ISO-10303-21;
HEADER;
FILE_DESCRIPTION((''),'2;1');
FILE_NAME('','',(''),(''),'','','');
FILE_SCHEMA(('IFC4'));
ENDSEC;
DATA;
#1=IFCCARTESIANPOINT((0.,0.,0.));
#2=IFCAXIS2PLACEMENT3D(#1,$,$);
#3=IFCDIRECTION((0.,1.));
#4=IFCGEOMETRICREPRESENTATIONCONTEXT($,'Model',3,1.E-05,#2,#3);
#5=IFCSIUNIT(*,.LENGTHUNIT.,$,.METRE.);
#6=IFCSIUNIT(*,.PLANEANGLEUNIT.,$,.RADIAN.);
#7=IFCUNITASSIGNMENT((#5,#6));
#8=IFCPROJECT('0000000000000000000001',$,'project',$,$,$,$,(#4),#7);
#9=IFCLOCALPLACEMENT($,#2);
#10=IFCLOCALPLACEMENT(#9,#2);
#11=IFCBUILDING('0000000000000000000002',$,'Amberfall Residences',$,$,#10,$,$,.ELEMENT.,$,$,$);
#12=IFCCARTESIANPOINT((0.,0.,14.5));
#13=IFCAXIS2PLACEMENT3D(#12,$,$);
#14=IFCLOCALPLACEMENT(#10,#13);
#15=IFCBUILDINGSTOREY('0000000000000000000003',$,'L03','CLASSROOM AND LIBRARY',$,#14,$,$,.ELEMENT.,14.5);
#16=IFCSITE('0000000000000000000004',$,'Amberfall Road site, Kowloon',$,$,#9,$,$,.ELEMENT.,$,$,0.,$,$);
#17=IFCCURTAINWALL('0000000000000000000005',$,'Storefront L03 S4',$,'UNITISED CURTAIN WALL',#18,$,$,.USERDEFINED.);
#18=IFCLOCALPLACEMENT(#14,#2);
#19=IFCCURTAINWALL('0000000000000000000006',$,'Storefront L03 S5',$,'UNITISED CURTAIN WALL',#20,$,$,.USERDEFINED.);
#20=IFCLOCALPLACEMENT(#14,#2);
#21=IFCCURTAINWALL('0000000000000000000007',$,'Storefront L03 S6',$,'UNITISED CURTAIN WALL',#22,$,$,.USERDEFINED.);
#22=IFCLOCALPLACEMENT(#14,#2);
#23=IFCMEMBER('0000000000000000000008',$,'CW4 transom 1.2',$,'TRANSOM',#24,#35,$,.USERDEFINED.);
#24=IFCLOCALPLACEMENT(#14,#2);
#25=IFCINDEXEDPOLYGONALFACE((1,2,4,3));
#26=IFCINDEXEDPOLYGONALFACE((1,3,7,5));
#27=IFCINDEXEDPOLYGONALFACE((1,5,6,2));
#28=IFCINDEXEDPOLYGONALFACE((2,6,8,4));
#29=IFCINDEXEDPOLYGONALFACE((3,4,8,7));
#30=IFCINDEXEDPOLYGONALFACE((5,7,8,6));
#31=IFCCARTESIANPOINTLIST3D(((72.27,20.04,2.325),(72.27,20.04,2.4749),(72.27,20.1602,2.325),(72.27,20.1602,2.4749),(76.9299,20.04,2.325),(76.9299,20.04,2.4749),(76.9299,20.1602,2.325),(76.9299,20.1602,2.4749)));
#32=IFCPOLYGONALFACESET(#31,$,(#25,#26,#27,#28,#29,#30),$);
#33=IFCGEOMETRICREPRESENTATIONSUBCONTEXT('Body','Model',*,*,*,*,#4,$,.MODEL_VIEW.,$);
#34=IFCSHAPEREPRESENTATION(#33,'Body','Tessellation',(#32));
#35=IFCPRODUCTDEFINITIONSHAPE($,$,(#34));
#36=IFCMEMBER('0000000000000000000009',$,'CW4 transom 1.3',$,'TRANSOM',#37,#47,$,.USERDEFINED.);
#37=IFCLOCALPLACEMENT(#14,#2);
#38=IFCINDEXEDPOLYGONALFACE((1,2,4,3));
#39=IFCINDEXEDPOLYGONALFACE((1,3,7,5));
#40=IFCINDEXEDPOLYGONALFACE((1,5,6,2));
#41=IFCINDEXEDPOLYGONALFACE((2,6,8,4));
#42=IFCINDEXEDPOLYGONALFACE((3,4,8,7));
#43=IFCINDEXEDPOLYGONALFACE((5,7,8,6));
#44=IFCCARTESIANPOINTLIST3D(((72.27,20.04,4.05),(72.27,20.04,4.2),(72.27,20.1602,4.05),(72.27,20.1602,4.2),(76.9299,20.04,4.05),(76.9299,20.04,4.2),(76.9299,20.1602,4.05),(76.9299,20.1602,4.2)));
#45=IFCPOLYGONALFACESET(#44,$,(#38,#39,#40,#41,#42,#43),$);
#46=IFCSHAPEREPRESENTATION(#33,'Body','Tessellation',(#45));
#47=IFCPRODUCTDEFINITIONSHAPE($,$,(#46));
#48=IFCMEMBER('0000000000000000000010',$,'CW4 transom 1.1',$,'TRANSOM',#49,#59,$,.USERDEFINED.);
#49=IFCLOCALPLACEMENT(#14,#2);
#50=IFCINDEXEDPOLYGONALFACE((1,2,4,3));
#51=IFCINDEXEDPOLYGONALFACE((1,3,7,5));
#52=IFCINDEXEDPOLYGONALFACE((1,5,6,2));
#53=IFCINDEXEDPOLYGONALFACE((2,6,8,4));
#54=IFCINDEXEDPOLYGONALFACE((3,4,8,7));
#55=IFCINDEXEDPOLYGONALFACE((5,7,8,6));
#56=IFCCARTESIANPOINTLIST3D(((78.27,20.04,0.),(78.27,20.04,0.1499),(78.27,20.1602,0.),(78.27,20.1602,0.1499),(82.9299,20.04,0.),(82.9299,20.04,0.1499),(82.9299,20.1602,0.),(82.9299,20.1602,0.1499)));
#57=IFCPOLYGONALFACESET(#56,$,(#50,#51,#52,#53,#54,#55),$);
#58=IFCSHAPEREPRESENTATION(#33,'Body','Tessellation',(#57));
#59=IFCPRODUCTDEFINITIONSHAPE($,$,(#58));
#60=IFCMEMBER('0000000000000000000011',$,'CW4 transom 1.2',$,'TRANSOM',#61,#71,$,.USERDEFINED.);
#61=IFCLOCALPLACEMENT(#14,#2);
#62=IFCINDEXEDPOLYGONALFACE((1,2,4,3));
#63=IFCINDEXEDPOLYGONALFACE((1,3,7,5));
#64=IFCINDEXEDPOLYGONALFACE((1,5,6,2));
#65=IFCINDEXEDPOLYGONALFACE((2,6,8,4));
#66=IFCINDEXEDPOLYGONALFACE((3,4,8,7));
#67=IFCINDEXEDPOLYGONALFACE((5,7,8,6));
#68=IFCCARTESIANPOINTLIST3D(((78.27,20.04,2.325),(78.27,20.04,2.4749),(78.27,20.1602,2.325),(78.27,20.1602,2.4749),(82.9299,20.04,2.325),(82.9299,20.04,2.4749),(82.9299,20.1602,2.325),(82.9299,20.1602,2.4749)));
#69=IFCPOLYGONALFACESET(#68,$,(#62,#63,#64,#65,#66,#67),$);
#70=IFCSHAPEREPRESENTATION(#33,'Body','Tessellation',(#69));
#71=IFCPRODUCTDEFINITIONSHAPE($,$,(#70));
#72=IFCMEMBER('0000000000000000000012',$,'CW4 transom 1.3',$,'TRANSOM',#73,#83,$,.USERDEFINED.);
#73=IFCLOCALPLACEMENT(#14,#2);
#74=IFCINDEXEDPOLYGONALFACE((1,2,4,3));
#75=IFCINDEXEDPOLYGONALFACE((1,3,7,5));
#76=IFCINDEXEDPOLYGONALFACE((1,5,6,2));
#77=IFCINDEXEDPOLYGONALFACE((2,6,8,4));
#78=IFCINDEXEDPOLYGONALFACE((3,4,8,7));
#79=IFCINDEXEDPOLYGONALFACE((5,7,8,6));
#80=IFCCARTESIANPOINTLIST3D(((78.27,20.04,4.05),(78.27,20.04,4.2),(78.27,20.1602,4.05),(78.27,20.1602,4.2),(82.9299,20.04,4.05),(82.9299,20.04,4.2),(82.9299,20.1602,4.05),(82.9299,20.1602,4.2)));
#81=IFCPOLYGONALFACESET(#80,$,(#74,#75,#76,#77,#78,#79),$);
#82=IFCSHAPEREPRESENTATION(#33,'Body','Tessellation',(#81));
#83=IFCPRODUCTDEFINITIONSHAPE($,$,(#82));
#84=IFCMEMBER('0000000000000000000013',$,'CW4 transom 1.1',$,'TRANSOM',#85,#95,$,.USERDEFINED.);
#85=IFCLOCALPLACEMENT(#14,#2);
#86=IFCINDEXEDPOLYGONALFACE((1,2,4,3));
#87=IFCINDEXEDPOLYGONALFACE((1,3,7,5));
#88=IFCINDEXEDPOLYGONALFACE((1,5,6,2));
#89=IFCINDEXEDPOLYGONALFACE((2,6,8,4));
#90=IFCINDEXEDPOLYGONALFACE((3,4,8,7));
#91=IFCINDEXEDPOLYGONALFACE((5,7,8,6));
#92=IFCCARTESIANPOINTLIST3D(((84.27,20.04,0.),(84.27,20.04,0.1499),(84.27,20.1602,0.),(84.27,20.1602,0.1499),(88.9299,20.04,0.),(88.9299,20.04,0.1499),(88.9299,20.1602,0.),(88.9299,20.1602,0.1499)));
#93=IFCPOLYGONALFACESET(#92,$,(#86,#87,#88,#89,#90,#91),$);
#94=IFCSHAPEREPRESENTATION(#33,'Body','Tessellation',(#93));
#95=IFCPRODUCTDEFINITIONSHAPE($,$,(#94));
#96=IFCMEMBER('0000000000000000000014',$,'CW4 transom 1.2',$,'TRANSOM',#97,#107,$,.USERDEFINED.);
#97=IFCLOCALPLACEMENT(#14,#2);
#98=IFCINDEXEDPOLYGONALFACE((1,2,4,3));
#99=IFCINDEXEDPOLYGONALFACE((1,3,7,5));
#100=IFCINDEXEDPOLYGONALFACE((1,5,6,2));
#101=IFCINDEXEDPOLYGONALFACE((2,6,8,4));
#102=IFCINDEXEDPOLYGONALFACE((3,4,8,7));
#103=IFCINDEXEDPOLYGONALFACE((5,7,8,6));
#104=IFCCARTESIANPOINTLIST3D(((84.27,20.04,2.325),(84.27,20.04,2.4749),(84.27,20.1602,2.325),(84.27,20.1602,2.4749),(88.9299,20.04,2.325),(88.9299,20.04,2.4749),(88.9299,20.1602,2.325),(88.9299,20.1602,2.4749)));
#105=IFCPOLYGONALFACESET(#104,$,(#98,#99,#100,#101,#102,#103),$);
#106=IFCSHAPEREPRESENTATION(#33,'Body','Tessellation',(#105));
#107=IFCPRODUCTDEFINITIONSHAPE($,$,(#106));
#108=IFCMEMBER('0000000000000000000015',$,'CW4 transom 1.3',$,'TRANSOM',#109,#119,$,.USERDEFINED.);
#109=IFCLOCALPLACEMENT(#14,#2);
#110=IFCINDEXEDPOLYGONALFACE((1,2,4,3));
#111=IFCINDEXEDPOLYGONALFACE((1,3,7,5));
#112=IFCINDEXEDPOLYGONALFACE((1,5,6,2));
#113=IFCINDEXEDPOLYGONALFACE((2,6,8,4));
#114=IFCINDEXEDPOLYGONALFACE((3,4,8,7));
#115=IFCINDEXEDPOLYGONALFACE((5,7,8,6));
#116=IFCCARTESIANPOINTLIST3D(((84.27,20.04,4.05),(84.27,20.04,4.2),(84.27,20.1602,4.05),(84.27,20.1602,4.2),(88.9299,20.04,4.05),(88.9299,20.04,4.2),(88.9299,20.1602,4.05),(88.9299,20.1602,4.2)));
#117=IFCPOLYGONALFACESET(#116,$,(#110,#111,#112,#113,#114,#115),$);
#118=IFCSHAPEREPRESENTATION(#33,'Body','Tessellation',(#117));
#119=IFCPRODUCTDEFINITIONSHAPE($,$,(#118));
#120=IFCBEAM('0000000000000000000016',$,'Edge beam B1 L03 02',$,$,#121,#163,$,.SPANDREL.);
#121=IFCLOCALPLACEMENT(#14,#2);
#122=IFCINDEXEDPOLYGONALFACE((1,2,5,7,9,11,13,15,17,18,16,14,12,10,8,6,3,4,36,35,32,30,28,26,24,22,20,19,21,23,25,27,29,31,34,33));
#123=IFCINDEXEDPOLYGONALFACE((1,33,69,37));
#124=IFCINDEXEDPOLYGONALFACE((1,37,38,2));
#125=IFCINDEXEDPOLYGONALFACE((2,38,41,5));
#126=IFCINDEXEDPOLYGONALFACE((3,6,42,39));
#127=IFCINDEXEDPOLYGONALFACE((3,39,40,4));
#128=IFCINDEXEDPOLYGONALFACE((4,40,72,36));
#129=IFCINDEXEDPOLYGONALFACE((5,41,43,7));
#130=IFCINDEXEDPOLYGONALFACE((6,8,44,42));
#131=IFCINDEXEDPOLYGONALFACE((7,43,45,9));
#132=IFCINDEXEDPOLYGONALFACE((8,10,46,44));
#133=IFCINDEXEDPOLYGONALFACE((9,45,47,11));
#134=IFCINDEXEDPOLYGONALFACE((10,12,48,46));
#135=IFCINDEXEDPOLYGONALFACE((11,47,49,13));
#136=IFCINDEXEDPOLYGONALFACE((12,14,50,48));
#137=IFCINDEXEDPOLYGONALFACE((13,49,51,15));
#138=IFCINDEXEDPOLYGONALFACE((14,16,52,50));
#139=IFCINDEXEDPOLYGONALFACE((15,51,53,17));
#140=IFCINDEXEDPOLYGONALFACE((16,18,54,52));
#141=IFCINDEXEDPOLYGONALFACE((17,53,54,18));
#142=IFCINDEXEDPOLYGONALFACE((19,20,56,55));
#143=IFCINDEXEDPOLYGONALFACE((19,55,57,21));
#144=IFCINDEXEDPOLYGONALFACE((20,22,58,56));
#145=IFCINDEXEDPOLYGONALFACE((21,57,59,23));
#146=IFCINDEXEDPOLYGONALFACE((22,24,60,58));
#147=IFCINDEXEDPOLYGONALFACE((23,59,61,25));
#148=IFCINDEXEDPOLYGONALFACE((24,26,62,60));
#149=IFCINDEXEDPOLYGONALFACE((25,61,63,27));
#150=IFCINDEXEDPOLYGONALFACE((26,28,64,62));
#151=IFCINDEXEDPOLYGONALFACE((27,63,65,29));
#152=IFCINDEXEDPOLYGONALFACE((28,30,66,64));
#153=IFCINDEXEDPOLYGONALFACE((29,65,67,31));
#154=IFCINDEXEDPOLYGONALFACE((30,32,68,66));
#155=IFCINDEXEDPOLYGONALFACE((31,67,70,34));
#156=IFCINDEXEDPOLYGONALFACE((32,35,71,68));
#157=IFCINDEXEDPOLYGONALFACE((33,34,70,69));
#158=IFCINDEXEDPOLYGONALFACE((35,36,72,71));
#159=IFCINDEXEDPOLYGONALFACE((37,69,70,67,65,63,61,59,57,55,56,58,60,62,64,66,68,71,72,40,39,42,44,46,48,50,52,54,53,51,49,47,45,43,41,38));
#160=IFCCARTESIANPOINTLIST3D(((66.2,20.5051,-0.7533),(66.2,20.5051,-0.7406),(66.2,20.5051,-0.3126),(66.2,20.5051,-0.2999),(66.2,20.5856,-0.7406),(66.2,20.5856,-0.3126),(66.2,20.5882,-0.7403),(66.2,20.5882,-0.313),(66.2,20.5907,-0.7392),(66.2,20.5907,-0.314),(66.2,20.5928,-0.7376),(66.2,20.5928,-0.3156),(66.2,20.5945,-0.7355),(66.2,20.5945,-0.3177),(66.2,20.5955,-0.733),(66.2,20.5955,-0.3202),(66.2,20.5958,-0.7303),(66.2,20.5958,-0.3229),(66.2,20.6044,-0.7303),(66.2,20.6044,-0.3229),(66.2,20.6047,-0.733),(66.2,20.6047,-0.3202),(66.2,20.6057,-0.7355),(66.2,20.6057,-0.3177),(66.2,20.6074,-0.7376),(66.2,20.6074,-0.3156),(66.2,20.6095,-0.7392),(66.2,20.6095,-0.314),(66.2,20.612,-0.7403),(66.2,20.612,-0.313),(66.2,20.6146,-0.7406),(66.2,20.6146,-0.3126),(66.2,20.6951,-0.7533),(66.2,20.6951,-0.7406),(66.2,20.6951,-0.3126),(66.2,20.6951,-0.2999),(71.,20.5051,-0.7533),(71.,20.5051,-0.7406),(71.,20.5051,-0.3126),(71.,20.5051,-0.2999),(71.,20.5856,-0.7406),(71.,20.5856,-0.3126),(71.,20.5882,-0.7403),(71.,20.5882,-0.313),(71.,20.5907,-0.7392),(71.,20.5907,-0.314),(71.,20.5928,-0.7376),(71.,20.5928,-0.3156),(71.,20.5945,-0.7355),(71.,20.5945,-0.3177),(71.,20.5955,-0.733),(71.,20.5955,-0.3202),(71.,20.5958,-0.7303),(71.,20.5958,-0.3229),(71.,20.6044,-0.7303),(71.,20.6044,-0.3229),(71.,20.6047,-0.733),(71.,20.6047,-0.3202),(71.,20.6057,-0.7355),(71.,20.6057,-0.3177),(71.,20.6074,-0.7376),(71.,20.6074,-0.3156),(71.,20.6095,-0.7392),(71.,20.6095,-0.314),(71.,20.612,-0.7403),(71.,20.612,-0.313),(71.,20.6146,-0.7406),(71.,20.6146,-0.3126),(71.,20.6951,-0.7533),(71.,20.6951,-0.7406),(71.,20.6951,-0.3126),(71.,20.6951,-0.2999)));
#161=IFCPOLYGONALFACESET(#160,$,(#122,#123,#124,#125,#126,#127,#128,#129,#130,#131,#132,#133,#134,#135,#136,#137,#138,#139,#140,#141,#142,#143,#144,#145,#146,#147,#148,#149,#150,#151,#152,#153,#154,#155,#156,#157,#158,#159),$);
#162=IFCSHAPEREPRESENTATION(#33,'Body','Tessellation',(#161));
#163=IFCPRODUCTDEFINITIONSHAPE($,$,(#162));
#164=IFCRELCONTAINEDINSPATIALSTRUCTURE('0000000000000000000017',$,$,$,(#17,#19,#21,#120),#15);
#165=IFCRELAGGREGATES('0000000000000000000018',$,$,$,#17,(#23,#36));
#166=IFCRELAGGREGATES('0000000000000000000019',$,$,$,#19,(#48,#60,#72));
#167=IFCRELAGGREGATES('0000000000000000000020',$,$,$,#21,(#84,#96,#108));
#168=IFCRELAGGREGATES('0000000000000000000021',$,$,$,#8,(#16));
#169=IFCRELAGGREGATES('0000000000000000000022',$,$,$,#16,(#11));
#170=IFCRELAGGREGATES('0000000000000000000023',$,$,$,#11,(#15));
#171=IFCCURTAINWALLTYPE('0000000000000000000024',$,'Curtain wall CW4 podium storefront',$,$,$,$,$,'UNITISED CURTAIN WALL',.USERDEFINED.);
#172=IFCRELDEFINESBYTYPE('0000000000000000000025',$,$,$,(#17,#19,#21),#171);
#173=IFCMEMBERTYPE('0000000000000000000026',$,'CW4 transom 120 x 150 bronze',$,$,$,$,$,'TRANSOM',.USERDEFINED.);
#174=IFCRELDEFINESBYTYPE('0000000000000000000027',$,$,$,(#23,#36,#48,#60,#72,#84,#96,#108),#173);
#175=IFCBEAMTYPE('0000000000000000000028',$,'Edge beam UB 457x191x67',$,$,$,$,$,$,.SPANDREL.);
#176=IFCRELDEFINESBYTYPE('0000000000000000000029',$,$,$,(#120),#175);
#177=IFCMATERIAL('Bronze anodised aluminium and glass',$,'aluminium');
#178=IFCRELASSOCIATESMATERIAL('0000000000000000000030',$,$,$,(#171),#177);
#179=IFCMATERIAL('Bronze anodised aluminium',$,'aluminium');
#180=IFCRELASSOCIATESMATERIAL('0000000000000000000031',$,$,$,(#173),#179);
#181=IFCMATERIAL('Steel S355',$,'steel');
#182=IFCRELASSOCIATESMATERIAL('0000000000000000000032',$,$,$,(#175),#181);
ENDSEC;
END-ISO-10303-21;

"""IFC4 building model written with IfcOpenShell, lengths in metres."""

from ifc_helpers import new_model, si_unit, direction, frame, origin, origin_2d, place, context, subcontext, project, spatial, rectangle, i_section, extrude, material, material_profile, profile_set, type_object, element, aggregate, save


model = new_model("IFC4")

# Units and contexts
model_context = context("Model", 3, precision=1e-05, world=origin(), true_north=direction((0.0, 1.0)))
body_context = subcontext(model_context, "Body", "Model", "MODEL_VIEW")
ifc_project = project(units=[si_unit("LENGTHUNIT", "METRE"), si_unit("PLANEANGLEUNIT", "RADIAN")], contexts=[model_context])

# Site, building, storey
site_placement = place(None, origin())
site = spatial("IfcSite", under=ifc_project, at=site_placement, Name="Amberfall Road site, Kowloon", CompositionType="ELEMENT", RefElevation=0.0)
building_placement = place(site_placement, origin())
building = spatial("IfcBuilding", under=site, at=building_placement, Name="Amberfall Residences", CompositionType="ELEMENT")
storey_placement = place(building_placement, frame((0.0, 0.0, 14.5)))
storey = spatial("IfcBuildingStorey", under=building, at=storey_placement, Name="L03", Description="CLASSROOM AND LIBRARY", CompositionType="ELEMENT", Elevation=14.5)

# Curtain walls
ifc_material_1 = material(Name="Bronze anodised aluminium and glass", Category="aluminium")
curtain_wall_type = type_object("IfcCurtainWallType", Name="Curtain wall CW4 podium storefront", ElementType="UNITISED CURTAIN WALL", PredefinedType="USERDEFINED", material=ifc_material_1)
ifc_material_2 = material(Name="Bronze anodised aluminium", Category="aluminium")
curtain_wall_1_placement = place(storey_placement, origin())
curtain_wall_1 = element("IfcCurtainWall", 1, at=curtain_wall_1_placement, inside=storey, type_object=curtain_wall_type, Name="Storefront L03 S4", ObjectType="UNITISED CURTAIN WALL", PredefinedType="USERDEFINED")
curtain_wall_2_placement = place(storey_placement, origin())
curtain_wall_2 = element("IfcCurtainWall", 2, at=curtain_wall_2_placement, inside=storey, type_object=curtain_wall_type, Name="Storefront L03 S5", ObjectType="UNITISED CURTAIN WALL", PredefinedType="USERDEFINED")
curtain_wall_3_placement = place(storey_placement, origin())
curtain_wall_3 = element("IfcCurtainWall", 3, at=curtain_wall_3_placement, inside=storey, type_object=curtain_wall_type, Name="Storefront L03 S6", ObjectType="UNITISED CURTAIN WALL", PredefinedType="USERDEFINED")

# Members
ifc_material_profile_1 = material_profile(ifc_material_2, rectangle(XDim=0.1201, YDim=0.1499, at=origin_2d()), Name="CW4 transom 120 x 150 bronze")
ifc_profile_set_1 = profile_set([ifc_material_profile_1], Name="Bronze anodised aluminium")
member_type_1 = type_object("IfcMemberType", Name="CW4 transom 120 x 150 bronze", ElementType="TRANSOM", PredefinedType="USERDEFINED", material=ifc_profile_set_1)
member_1_placement = place(storey_placement, frame((72.27, 20.1001, 2.3999), z_axis=(1.0, 0.0, 0.0), x_axis=(0.0, 1.0, 0.0)))
member_1 = element("IfcMember", 4, at=member_1_placement, type_object=member_type_1, Name="CW4 transom 1.2", ObjectType="TRANSOM", PredefinedType="USERDEFINED", context=body_context, shape_type="SweptSolid", body=[
    extrude(rectangle(XDim=0.1201, YDim=0.1499, at=origin_2d()), origin(), (0.0, 0.0, 1.0), 4.6599),
])
member_2_placement = place(storey_placement, frame((72.27, 20.1001, 4.125), z_axis=(1.0, 0.0, 0.0), x_axis=(0.0, 1.0, 0.0)))
member_2 = element("IfcMember", 5, at=member_2_placement, type_object=member_type_1, Name="CW4 transom 1.3", ObjectType="TRANSOM", PredefinedType="USERDEFINED", context=body_context, shape_type="SweptSolid", body=[
    extrude(rectangle(XDim=0.1201, YDim=0.1499, at=origin_2d()), origin(), (0.0, 0.0, 1.0), 4.6599),
])
member_3_placement = place(storey_placement, frame((78.27, 20.1001, 0.075), z_axis=(1.0, 0.0, 0.0), x_axis=(0.0, 1.0, 0.0)))
member_3 = element("IfcMember", 6, at=member_3_placement, type_object=member_type_1, Name="CW4 transom 1.1", ObjectType="TRANSOM", PredefinedType="USERDEFINED", context=body_context, shape_type="SweptSolid", body=[
    extrude(rectangle(XDim=0.1201, YDim=0.1499, at=origin_2d()), origin(), (0.0, 0.0, 1.0), 4.6599),
])
member_4_placement = place(storey_placement, frame((78.27, 20.1001, 2.3999), z_axis=(1.0, 0.0, 0.0), x_axis=(0.0, 1.0, 0.0)))
member_4 = element("IfcMember", 7, at=member_4_placement, type_object=member_type_1, Name="CW4 transom 1.2", ObjectType="TRANSOM", PredefinedType="USERDEFINED", context=body_context, shape_type="SweptSolid", body=[
    extrude(rectangle(XDim=0.1201, YDim=0.1499, at=origin_2d()), origin(), (0.0, 0.0, 1.0), 4.6599),
])
member_5_placement = place(storey_placement, frame((78.27, 20.1001, 4.125), z_axis=(1.0, 0.0, 0.0), x_axis=(0.0, 1.0, 0.0)))
member_5 = element("IfcMember", 8, at=member_5_placement, type_object=member_type_1, Name="CW4 transom 1.3", ObjectType="TRANSOM", PredefinedType="USERDEFINED", context=body_context, shape_type="SweptSolid", body=[
    extrude(rectangle(XDim=0.1201, YDim=0.1499, at=origin_2d()), origin(), (0.0, 0.0, 1.0), 4.6599),
])
member_6_placement = place(storey_placement, frame((84.27, 20.1001, 0.075), z_axis=(1.0, 0.0, 0.0), x_axis=(0.0, 1.0, 0.0)))
member_6 = element("IfcMember", 9, at=member_6_placement, type_object=member_type_1, Name="CW4 transom 1.1", ObjectType="TRANSOM", PredefinedType="USERDEFINED", context=body_context, shape_type="SweptSolid", body=[
    extrude(rectangle(XDim=0.1201, YDim=0.1499, at=origin_2d()), origin(), (0.0, 0.0, 1.0), 4.6599),
])
member_7_placement = place(storey_placement, frame((84.27, 20.1001, 2.3999), z_axis=(1.0, 0.0, 0.0), x_axis=(0.0, 1.0, 0.0)))
member_7 = element("IfcMember", 10, at=member_7_placement, type_object=member_type_1, Name="CW4 transom 1.2", ObjectType="TRANSOM", PredefinedType="USERDEFINED", context=body_context, shape_type="SweptSolid", body=[
    extrude(rectangle(XDim=0.1201, YDim=0.1499, at=origin_2d()), origin(), (0.0, 0.0, 1.0), 4.6599),
])
member_8_placement = place(storey_placement, frame((84.27, 20.1001, 4.125), z_axis=(1.0, 0.0, 0.0), x_axis=(0.0, 1.0, 0.0)))
member_8 = element("IfcMember", 11, at=member_8_placement, type_object=member_type_1, Name="CW4 transom 1.3", ObjectType="TRANSOM", PredefinedType="USERDEFINED", context=body_context, shape_type="SweptSolid", body=[
    extrude(rectangle(XDim=0.1201, YDim=0.1499, at=origin_2d()), origin(), (0.0, 0.0, 1.0), 4.6599),
])

# Beam
ifc_material_3 = material(Name="Steel S355", Category="steel")
ifc_material_profile_2 = material_profile(ifc_material_3, i_section(OverallWidth=0.1899, OverallDepth=0.4534, WebThickness=0.0085, FlangeThickness=0.0127, FilletRadius=0.0103, at=origin_2d()), Name="UB 457x191x67")
ifc_profile_set_2 = profile_set([ifc_material_profile_2], Name="Steel S355")
beam_type_1 = type_object("IfcBeamType", Name="Edge beam UB 457x191x67", PredefinedType="SPANDREL", material=ifc_profile_set_2)
for number, where, z_axis, x_axis, name in (
    (12, (66.2, 20.6001, -0.5266), (1.0, 0.0, 0.0), (0.0, 1.0, 0.0), "Edge beam B1 L03 02"),
):
    element("IfcBeam", number, at=place(storey_placement, frame(where, z_axis=z_axis, x_axis=x_axis)), inside=storey, type_object=beam_type_1, Name=name, PredefinedType="SPANDREL", context=body_context, shape_type="SweptSolid", body=[
        extrude(i_section(OverallWidth=0.1899, OverallDepth=0.4534, WebThickness=0.0085, FlangeThickness=0.0127, FilletRadius=0.0103, at=origin_2d()), origin(), (0.0, 0.0, 1.0), 4.8),
    ])

aggregate(curtain_wall_1, [member_1, member_2])
aggregate(curtain_wall_2, [member_3, member_4, member_5])
aggregate(curtain_wall_3, [member_6, member_7, member_8])

save(model, "model.ifc")
